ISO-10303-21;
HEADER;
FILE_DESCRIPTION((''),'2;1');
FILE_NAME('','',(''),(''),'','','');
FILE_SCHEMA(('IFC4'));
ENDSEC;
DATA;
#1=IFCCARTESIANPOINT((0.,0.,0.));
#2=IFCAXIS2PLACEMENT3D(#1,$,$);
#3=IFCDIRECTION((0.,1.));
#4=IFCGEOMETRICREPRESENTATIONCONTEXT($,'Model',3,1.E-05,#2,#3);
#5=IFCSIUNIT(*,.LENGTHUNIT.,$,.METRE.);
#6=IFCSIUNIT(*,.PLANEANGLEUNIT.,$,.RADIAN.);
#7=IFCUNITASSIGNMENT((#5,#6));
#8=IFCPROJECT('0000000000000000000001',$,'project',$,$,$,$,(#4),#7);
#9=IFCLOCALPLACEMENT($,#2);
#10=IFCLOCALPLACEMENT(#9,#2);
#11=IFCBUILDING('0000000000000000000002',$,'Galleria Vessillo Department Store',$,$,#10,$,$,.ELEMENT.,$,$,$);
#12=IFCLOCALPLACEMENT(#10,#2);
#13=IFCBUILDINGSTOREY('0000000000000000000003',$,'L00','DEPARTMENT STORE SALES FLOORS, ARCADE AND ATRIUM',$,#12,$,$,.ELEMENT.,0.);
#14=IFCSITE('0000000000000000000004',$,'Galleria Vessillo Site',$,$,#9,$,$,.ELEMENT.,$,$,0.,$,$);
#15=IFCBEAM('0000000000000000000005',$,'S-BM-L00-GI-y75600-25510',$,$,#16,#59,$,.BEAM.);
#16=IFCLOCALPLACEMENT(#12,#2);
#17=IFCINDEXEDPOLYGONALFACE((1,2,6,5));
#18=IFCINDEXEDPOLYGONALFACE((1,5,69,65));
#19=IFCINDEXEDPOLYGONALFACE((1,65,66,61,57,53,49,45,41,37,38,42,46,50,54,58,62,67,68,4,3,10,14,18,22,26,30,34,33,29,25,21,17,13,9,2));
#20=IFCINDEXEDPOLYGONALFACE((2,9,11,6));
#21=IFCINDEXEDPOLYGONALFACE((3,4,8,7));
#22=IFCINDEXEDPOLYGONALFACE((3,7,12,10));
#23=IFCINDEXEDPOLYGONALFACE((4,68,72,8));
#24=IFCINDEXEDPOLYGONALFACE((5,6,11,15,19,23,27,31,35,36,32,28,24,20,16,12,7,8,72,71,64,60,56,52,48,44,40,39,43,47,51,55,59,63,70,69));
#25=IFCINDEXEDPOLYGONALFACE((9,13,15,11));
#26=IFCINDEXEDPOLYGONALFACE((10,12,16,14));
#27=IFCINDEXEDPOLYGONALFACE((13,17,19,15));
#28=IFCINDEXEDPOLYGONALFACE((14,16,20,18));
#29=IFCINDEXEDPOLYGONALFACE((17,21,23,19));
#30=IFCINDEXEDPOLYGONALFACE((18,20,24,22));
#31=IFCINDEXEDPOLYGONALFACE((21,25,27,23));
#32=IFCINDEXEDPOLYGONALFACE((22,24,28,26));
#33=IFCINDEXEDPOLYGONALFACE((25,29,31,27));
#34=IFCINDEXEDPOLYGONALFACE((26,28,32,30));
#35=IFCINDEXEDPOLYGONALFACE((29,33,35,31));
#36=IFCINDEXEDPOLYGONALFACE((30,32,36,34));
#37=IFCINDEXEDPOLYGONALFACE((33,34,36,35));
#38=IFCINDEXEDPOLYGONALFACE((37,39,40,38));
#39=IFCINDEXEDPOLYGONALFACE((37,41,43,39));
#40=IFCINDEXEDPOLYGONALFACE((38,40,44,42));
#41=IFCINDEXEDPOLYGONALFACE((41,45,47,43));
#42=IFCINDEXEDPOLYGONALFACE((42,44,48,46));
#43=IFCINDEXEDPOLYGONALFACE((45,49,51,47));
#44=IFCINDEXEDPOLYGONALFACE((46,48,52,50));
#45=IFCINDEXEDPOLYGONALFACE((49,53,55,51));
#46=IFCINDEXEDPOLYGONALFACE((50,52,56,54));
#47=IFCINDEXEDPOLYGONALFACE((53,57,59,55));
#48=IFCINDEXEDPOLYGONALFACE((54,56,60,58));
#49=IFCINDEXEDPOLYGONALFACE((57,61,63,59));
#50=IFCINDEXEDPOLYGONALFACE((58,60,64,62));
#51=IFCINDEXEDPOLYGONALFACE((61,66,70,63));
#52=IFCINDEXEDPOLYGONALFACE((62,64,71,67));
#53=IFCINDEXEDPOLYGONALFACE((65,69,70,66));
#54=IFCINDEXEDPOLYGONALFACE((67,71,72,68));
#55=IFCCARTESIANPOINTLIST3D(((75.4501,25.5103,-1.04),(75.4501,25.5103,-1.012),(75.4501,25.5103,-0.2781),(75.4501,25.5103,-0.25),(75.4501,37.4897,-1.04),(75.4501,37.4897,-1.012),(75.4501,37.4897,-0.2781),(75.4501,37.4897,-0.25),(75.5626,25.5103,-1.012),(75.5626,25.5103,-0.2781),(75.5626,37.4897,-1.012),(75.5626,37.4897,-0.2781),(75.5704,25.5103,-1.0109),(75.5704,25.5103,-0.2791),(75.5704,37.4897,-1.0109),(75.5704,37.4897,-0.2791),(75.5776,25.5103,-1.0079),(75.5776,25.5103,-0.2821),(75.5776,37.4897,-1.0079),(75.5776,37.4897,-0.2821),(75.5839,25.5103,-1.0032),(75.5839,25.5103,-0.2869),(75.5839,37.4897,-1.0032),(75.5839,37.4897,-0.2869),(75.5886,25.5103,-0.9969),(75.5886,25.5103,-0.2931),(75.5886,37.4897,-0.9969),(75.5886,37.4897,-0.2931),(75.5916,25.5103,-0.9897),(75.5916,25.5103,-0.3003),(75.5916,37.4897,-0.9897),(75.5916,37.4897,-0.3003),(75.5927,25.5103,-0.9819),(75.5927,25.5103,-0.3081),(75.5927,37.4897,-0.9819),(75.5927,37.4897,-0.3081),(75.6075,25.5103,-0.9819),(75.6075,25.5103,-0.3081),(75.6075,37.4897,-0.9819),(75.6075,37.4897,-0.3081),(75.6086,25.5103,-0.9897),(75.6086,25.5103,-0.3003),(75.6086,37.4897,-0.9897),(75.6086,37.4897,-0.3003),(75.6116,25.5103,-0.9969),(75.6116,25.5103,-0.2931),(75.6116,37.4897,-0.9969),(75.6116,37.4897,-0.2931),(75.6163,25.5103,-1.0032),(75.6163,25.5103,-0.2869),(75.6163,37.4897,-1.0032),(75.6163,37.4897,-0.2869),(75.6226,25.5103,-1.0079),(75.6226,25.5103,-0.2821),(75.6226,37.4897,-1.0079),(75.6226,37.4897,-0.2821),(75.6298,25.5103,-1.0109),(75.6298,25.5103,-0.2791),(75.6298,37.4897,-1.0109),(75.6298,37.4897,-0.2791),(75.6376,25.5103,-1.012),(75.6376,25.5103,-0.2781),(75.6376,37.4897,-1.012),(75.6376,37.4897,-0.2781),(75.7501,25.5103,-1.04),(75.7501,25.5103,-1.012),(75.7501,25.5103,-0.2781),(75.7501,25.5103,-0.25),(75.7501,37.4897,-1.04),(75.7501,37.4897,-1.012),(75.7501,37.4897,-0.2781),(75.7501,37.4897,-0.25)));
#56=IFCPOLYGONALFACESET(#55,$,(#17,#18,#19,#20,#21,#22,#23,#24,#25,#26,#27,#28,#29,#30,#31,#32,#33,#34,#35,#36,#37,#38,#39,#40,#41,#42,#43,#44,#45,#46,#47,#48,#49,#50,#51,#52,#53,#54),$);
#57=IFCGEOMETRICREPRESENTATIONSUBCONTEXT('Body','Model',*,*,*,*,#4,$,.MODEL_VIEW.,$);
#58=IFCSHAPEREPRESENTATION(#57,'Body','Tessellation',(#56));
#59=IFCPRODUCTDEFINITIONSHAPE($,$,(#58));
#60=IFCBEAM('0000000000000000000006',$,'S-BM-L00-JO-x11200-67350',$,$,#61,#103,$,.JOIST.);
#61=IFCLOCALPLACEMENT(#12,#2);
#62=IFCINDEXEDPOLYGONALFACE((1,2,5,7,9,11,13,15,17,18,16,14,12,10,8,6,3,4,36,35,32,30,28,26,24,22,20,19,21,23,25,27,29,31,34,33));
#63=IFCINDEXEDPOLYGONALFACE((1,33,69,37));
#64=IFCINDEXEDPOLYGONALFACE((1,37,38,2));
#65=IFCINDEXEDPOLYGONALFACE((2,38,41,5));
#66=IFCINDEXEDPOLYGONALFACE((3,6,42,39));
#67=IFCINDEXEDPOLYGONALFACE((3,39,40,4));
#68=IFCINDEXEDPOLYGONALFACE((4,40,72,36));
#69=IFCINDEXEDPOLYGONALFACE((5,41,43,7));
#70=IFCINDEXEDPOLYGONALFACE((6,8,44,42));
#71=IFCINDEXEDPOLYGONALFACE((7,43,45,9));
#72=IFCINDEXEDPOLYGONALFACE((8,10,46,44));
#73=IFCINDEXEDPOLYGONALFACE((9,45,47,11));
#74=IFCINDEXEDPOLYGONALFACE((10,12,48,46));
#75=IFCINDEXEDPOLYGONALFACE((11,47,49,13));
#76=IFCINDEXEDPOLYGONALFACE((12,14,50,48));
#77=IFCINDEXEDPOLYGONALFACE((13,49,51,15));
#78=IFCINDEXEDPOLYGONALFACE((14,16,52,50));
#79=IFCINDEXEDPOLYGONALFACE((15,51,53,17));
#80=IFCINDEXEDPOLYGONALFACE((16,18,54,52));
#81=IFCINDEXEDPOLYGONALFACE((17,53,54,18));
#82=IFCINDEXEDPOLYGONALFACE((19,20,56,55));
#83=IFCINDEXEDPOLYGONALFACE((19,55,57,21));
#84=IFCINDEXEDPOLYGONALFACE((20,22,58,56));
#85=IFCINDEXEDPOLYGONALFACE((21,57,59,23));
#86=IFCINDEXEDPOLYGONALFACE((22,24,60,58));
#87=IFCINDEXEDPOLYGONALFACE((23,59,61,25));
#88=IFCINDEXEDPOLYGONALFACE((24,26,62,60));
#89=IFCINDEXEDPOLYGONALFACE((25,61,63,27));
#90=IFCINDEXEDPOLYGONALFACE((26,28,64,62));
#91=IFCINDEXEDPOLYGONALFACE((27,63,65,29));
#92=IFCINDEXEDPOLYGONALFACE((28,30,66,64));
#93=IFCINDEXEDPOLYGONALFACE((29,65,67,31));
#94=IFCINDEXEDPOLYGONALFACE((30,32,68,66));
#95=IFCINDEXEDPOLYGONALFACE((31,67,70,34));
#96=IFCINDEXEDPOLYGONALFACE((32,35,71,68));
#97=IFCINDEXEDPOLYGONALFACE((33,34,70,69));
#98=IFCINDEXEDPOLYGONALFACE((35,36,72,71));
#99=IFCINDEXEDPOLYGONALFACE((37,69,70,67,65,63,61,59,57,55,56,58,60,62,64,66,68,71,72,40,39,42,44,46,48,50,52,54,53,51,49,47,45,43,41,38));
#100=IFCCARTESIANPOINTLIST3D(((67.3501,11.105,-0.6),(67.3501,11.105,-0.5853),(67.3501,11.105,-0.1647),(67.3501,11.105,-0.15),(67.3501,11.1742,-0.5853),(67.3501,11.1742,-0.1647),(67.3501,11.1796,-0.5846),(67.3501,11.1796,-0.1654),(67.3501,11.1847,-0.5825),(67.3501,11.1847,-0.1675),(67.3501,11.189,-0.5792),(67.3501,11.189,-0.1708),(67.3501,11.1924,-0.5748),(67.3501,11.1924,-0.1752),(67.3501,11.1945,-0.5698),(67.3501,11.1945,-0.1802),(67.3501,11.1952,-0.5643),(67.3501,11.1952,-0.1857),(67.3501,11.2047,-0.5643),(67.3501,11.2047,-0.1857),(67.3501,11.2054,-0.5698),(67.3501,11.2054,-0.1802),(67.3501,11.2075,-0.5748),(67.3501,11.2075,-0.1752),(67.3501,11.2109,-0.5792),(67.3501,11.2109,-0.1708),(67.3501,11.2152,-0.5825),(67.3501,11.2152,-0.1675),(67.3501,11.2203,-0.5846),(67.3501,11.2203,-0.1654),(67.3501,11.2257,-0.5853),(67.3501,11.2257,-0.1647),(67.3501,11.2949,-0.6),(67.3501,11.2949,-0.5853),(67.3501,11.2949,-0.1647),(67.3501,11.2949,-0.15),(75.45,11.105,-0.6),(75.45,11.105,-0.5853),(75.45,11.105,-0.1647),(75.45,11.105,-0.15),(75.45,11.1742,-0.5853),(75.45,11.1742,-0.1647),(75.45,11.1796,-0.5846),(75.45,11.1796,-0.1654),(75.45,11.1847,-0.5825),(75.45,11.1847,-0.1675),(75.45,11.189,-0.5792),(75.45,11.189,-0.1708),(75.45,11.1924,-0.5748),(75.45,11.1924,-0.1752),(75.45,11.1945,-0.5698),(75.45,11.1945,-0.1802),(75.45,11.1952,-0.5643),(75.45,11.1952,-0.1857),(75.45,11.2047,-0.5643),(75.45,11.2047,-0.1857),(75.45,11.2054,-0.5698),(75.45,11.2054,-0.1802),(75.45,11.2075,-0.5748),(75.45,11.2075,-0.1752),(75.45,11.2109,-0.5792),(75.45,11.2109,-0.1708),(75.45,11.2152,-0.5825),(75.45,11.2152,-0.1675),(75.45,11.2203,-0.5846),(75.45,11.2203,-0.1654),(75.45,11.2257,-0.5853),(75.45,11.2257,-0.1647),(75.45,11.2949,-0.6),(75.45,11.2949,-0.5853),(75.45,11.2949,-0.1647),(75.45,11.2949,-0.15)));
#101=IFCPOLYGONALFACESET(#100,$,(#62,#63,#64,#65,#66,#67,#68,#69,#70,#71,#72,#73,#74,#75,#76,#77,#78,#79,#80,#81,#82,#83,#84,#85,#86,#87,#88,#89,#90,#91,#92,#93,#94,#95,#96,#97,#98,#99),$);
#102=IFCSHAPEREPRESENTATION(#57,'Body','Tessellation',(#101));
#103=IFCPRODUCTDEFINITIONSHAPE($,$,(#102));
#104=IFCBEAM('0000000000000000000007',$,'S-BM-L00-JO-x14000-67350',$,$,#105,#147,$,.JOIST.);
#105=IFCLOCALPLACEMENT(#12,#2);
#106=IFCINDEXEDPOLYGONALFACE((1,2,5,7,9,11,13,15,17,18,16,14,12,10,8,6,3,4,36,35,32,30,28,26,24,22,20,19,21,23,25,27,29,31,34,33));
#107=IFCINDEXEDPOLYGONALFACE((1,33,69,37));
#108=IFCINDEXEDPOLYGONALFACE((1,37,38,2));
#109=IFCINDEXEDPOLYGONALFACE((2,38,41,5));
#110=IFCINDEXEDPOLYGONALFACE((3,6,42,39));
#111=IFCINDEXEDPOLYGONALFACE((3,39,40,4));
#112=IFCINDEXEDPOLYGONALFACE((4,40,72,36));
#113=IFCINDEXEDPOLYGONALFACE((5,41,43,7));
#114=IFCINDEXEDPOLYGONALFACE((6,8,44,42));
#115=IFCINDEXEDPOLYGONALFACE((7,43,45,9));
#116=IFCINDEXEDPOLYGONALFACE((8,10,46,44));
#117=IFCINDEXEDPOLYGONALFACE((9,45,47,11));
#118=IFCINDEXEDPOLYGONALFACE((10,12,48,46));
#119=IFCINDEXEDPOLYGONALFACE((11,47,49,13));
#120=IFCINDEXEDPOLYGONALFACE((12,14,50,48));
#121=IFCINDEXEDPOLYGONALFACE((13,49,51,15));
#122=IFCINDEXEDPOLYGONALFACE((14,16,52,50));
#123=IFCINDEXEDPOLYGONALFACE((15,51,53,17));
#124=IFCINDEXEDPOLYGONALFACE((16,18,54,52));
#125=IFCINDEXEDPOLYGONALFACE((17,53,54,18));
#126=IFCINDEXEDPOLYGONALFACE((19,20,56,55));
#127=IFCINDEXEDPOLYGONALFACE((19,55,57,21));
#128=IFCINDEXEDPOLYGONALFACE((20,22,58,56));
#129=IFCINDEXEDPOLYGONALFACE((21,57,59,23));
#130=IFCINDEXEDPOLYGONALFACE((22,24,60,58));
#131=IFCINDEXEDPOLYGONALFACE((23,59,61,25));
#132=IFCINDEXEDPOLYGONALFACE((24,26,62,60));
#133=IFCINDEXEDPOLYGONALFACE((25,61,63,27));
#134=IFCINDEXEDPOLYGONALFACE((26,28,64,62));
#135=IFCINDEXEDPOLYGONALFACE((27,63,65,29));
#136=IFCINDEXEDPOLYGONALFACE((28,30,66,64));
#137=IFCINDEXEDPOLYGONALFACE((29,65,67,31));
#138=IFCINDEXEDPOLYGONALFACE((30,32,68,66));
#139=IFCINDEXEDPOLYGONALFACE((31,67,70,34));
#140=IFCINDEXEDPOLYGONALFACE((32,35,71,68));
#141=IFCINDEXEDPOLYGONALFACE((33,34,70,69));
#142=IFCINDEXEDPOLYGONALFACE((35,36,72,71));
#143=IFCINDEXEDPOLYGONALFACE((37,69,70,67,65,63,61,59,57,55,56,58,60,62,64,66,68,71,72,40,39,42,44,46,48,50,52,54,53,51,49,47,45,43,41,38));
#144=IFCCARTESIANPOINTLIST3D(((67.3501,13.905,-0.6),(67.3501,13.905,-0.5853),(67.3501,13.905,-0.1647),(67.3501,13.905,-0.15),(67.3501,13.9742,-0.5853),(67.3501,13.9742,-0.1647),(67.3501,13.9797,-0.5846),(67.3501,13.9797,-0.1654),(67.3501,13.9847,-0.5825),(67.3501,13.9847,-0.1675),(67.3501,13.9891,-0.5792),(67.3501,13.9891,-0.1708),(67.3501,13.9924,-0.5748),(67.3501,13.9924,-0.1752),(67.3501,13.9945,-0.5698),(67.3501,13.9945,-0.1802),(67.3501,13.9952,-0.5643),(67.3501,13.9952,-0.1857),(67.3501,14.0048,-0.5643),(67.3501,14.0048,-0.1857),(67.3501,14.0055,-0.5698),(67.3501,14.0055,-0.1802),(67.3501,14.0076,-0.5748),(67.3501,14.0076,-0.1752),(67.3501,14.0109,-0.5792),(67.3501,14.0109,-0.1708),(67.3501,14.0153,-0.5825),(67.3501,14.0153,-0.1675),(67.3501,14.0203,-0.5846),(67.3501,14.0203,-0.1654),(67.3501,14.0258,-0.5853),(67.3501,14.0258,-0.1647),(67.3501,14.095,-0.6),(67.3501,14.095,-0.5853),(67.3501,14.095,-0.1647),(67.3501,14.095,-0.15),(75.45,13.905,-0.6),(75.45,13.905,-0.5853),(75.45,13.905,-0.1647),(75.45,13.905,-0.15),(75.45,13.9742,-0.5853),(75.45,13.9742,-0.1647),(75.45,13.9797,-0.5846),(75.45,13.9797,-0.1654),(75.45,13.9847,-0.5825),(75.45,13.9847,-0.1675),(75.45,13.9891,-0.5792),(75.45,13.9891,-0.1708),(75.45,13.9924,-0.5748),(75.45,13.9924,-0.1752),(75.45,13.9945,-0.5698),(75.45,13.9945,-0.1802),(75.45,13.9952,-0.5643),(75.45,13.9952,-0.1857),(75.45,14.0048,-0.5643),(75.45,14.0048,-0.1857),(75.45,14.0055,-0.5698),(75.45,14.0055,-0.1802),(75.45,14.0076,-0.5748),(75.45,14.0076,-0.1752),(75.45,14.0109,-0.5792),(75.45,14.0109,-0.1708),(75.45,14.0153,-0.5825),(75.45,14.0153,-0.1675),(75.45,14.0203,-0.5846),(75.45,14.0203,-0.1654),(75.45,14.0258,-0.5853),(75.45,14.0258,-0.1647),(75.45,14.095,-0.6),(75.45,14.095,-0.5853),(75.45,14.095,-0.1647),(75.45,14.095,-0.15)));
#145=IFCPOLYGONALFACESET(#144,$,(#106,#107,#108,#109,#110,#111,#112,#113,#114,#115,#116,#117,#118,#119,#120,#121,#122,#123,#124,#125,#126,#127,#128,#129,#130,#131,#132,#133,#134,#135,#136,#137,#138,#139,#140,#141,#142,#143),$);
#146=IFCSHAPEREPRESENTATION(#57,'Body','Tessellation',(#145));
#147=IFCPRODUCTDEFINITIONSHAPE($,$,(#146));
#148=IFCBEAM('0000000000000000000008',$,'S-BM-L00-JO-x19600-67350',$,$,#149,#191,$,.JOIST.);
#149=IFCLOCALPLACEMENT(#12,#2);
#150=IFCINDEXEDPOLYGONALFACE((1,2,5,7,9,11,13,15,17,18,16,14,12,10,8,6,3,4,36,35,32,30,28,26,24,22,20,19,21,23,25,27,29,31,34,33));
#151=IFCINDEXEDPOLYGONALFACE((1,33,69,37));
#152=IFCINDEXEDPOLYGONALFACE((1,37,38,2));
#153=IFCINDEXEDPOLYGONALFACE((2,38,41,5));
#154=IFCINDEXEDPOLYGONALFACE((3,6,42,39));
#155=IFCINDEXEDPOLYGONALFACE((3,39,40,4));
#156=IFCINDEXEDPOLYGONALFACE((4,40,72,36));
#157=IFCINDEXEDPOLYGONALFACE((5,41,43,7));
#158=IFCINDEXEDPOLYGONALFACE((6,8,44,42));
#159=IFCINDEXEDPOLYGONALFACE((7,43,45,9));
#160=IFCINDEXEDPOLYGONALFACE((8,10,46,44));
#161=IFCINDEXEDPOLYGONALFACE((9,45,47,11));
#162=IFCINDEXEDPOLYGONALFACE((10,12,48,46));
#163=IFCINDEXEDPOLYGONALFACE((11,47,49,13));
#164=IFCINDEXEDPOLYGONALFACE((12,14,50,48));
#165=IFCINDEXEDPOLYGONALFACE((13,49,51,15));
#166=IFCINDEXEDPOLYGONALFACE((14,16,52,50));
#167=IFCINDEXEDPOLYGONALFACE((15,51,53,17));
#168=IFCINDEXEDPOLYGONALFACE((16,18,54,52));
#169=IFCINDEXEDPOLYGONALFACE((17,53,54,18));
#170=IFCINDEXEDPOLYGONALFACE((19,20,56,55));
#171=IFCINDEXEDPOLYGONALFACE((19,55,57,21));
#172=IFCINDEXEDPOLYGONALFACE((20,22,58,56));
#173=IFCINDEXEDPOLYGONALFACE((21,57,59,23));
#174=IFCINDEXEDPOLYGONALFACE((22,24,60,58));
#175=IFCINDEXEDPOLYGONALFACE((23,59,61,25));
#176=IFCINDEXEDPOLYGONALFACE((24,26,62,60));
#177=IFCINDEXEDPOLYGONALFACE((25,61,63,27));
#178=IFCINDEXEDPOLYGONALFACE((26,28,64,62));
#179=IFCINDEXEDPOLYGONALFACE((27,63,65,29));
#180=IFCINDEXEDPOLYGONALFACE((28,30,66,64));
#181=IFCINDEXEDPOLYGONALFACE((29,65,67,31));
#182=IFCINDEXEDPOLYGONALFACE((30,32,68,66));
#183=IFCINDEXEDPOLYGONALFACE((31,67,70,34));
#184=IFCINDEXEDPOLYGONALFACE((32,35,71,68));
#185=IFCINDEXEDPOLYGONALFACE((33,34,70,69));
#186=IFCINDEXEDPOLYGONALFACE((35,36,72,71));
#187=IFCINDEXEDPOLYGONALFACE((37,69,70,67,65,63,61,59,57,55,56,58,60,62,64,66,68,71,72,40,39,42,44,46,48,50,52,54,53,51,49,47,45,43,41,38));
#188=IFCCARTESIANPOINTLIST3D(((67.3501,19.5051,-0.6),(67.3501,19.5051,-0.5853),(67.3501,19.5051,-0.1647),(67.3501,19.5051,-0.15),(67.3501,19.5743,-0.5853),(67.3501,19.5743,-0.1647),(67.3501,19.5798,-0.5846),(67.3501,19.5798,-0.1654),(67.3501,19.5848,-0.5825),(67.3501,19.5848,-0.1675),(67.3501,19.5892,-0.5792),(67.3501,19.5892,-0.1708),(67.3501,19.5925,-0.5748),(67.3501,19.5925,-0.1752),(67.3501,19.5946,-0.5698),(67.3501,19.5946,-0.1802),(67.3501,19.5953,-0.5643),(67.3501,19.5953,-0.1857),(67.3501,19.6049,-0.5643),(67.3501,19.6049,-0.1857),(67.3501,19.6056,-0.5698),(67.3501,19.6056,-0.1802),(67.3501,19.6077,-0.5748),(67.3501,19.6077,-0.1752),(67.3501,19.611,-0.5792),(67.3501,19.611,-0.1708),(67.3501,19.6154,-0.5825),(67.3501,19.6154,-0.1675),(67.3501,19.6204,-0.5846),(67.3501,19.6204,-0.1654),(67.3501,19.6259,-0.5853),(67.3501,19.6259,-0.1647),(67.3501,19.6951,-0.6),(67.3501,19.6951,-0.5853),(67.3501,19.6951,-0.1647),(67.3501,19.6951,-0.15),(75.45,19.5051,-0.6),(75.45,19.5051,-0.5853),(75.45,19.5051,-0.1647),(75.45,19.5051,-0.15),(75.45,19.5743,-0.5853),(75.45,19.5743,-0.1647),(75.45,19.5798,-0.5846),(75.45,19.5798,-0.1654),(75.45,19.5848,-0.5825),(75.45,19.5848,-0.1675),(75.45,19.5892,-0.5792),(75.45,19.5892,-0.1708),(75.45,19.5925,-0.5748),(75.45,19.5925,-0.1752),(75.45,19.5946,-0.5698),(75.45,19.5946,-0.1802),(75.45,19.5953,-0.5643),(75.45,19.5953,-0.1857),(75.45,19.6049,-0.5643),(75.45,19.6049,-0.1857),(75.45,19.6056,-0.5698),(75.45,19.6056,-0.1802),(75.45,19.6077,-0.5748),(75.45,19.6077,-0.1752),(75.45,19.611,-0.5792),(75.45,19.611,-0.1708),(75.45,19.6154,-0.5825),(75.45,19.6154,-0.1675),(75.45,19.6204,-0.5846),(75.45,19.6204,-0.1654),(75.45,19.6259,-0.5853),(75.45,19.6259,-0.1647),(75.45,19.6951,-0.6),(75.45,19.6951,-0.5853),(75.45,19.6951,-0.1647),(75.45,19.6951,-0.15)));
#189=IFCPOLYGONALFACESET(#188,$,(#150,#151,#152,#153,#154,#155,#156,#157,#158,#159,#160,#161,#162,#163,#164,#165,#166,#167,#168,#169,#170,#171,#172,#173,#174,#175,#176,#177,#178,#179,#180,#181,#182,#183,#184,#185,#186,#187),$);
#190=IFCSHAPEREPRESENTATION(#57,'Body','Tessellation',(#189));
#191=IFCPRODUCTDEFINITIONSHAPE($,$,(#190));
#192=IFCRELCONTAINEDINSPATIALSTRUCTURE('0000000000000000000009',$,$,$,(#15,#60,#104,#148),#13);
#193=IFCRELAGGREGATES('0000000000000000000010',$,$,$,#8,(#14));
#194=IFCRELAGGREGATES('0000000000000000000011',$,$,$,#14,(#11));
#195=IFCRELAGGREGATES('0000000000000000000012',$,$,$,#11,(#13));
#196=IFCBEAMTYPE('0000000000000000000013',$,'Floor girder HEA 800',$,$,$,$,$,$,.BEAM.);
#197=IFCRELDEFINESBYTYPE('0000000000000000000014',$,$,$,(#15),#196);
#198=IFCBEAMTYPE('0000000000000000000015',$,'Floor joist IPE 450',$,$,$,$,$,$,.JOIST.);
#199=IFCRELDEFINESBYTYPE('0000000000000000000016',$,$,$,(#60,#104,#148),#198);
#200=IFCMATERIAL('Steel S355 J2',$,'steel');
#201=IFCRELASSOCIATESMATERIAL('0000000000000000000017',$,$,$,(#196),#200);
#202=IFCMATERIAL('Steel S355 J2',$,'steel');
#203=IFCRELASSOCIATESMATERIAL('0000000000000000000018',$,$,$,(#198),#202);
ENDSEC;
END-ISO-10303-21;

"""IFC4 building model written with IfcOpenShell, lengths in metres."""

from ifc_helpers import new_model, si_unit, direction, frame, origin, origin_2d, place, context, subcontext, project, spatial, i_section, extrude, material, material_profile, profile_set, type_object, element, save


model = new_model("IFC4")

# Units and contexts
model_context = context("Model", 3, precision=1e-05, world=origin(), true_north=direction((0.0, 1.0)))
body_context = subcontext(model_context, "Body", "Model", "MODEL_VIEW")
ifc_project = project(units=[si_unit("LENGTHUNIT", "METRE"), si_unit("PLANEANGLEUNIT", "RADIAN")], contexts=[model_context])

# Site, building, storey
site_placement = place(None, origin())
site = spatial("IfcSite", under=ifc_project, at=site_placement, Name="Galleria Vessillo Site", CompositionType="ELEMENT", RefElevation=0.0)
building_placement = place(site_placement, origin())
building = spatial("IfcBuilding", under=site, at=building_placement, Name="Galleria Vessillo Department Store", CompositionType="ELEMENT")
storey_placement = place(building_placement, origin())
storey = spatial("IfcBuildingStorey", under=building, at=storey_placement, Name="L00", Description="DEPARTMENT STORE SALES FLOORS, ARCADE AND ATRIUM", CompositionType="ELEMENT", Elevation=0.0)

# Beams
ifc_material_1 = material(Name="Steel S355 J2", Category="steel")
ifc_material_profile_1 = material_profile(ifc_material_1, i_section(OverallWidth=0.3, OverallDepth=0.79, WebThickness=0.0149, FlangeThickness=0.0281, FilletRadius=0.03, at=origin_2d()), Name="HEA 800")
ifc_profile_set_1 = profile_set([ifc_material_profile_1], Name="Steel S355 J2")
beam_type_1 = type_object("IfcBeamType", Name="Floor girder HEA 800", PredefinedType="BEAM", material=ifc_profile_set_1)
beam_1_placement = place(storey_placement, frame((75.6001, 25.5103, -0.645), z_axis=(0.0, 1.0, 0.0), x_axis=(-1.0, 0.0, 0.0)))
element("IfcBeam", 1, at=beam_1_placement, inside=storey, type_object=beam_type_1, Name="S-BM-L00-GI-y75600-25510", PredefinedType="BEAM", context=body_context, shape_type="SweptSolid", body=[
    extrude(i_section(OverallWidth=0.3, OverallDepth=0.79, WebThickness=0.0149, FlangeThickness=0.0281, FilletRadius=0.03, at=origin_2d()), origin(), (0.0, 0.0, 1.0), 11.9795),
])
ifc_material_2 = material(Name="Steel S355 J2", Category="steel")
ifc_material_profile_2 = material_profile(ifc_material_2, i_section(OverallWidth=0.1899, OverallDepth=0.45, WebThickness=0.0095, FlangeThickness=0.0146, FilletRadius=0.021, at=origin_2d()), Name="IPE 450")
ifc_profile_set_2 = profile_set([ifc_material_profile_2], Name="Steel S355 J2")
beam_type_2 = type_object("IfcBeamType", Name="Floor joist IPE 450", PredefinedType="JOIST", material=ifc_profile_set_2)
for number, where, z_axis, x_axis, name in (
    (2, (67.3501, 11.2, -0.375), (1.0, 0.0, 0.0), (0.0, 1.0, 0.0), "S-BM-L00-JO-x11200-67350"),
    (3, (67.3501, 14.0, -0.375), (1.0, 0.0, 0.0), (0.0, 1.0, 0.0), "S-BM-L00-JO-x14000-67350"),
    (4, (67.3501, 19.6001, -0.375), (1.0, 0.0, 0.0), (0.0, 1.0, 0.0), "S-BM-L00-JO-x19600-67350"),
):
    element("IfcBeam", number, at=place(storey_placement, frame(where, z_axis=z_axis, x_axis=x_axis)), inside=storey, type_object=beam_type_2, Name=name, PredefinedType="JOIST", context=body_context, shape_type="SweptSolid", body=[
        extrude(i_section(OverallWidth=0.1899, OverallDepth=0.45, WebThickness=0.0095, FlangeThickness=0.0146, FilletRadius=0.021, at=origin_2d()), origin(), (0.0, 0.0, 1.0), 8.0999),
    ])

save(model, "model.ifc")
